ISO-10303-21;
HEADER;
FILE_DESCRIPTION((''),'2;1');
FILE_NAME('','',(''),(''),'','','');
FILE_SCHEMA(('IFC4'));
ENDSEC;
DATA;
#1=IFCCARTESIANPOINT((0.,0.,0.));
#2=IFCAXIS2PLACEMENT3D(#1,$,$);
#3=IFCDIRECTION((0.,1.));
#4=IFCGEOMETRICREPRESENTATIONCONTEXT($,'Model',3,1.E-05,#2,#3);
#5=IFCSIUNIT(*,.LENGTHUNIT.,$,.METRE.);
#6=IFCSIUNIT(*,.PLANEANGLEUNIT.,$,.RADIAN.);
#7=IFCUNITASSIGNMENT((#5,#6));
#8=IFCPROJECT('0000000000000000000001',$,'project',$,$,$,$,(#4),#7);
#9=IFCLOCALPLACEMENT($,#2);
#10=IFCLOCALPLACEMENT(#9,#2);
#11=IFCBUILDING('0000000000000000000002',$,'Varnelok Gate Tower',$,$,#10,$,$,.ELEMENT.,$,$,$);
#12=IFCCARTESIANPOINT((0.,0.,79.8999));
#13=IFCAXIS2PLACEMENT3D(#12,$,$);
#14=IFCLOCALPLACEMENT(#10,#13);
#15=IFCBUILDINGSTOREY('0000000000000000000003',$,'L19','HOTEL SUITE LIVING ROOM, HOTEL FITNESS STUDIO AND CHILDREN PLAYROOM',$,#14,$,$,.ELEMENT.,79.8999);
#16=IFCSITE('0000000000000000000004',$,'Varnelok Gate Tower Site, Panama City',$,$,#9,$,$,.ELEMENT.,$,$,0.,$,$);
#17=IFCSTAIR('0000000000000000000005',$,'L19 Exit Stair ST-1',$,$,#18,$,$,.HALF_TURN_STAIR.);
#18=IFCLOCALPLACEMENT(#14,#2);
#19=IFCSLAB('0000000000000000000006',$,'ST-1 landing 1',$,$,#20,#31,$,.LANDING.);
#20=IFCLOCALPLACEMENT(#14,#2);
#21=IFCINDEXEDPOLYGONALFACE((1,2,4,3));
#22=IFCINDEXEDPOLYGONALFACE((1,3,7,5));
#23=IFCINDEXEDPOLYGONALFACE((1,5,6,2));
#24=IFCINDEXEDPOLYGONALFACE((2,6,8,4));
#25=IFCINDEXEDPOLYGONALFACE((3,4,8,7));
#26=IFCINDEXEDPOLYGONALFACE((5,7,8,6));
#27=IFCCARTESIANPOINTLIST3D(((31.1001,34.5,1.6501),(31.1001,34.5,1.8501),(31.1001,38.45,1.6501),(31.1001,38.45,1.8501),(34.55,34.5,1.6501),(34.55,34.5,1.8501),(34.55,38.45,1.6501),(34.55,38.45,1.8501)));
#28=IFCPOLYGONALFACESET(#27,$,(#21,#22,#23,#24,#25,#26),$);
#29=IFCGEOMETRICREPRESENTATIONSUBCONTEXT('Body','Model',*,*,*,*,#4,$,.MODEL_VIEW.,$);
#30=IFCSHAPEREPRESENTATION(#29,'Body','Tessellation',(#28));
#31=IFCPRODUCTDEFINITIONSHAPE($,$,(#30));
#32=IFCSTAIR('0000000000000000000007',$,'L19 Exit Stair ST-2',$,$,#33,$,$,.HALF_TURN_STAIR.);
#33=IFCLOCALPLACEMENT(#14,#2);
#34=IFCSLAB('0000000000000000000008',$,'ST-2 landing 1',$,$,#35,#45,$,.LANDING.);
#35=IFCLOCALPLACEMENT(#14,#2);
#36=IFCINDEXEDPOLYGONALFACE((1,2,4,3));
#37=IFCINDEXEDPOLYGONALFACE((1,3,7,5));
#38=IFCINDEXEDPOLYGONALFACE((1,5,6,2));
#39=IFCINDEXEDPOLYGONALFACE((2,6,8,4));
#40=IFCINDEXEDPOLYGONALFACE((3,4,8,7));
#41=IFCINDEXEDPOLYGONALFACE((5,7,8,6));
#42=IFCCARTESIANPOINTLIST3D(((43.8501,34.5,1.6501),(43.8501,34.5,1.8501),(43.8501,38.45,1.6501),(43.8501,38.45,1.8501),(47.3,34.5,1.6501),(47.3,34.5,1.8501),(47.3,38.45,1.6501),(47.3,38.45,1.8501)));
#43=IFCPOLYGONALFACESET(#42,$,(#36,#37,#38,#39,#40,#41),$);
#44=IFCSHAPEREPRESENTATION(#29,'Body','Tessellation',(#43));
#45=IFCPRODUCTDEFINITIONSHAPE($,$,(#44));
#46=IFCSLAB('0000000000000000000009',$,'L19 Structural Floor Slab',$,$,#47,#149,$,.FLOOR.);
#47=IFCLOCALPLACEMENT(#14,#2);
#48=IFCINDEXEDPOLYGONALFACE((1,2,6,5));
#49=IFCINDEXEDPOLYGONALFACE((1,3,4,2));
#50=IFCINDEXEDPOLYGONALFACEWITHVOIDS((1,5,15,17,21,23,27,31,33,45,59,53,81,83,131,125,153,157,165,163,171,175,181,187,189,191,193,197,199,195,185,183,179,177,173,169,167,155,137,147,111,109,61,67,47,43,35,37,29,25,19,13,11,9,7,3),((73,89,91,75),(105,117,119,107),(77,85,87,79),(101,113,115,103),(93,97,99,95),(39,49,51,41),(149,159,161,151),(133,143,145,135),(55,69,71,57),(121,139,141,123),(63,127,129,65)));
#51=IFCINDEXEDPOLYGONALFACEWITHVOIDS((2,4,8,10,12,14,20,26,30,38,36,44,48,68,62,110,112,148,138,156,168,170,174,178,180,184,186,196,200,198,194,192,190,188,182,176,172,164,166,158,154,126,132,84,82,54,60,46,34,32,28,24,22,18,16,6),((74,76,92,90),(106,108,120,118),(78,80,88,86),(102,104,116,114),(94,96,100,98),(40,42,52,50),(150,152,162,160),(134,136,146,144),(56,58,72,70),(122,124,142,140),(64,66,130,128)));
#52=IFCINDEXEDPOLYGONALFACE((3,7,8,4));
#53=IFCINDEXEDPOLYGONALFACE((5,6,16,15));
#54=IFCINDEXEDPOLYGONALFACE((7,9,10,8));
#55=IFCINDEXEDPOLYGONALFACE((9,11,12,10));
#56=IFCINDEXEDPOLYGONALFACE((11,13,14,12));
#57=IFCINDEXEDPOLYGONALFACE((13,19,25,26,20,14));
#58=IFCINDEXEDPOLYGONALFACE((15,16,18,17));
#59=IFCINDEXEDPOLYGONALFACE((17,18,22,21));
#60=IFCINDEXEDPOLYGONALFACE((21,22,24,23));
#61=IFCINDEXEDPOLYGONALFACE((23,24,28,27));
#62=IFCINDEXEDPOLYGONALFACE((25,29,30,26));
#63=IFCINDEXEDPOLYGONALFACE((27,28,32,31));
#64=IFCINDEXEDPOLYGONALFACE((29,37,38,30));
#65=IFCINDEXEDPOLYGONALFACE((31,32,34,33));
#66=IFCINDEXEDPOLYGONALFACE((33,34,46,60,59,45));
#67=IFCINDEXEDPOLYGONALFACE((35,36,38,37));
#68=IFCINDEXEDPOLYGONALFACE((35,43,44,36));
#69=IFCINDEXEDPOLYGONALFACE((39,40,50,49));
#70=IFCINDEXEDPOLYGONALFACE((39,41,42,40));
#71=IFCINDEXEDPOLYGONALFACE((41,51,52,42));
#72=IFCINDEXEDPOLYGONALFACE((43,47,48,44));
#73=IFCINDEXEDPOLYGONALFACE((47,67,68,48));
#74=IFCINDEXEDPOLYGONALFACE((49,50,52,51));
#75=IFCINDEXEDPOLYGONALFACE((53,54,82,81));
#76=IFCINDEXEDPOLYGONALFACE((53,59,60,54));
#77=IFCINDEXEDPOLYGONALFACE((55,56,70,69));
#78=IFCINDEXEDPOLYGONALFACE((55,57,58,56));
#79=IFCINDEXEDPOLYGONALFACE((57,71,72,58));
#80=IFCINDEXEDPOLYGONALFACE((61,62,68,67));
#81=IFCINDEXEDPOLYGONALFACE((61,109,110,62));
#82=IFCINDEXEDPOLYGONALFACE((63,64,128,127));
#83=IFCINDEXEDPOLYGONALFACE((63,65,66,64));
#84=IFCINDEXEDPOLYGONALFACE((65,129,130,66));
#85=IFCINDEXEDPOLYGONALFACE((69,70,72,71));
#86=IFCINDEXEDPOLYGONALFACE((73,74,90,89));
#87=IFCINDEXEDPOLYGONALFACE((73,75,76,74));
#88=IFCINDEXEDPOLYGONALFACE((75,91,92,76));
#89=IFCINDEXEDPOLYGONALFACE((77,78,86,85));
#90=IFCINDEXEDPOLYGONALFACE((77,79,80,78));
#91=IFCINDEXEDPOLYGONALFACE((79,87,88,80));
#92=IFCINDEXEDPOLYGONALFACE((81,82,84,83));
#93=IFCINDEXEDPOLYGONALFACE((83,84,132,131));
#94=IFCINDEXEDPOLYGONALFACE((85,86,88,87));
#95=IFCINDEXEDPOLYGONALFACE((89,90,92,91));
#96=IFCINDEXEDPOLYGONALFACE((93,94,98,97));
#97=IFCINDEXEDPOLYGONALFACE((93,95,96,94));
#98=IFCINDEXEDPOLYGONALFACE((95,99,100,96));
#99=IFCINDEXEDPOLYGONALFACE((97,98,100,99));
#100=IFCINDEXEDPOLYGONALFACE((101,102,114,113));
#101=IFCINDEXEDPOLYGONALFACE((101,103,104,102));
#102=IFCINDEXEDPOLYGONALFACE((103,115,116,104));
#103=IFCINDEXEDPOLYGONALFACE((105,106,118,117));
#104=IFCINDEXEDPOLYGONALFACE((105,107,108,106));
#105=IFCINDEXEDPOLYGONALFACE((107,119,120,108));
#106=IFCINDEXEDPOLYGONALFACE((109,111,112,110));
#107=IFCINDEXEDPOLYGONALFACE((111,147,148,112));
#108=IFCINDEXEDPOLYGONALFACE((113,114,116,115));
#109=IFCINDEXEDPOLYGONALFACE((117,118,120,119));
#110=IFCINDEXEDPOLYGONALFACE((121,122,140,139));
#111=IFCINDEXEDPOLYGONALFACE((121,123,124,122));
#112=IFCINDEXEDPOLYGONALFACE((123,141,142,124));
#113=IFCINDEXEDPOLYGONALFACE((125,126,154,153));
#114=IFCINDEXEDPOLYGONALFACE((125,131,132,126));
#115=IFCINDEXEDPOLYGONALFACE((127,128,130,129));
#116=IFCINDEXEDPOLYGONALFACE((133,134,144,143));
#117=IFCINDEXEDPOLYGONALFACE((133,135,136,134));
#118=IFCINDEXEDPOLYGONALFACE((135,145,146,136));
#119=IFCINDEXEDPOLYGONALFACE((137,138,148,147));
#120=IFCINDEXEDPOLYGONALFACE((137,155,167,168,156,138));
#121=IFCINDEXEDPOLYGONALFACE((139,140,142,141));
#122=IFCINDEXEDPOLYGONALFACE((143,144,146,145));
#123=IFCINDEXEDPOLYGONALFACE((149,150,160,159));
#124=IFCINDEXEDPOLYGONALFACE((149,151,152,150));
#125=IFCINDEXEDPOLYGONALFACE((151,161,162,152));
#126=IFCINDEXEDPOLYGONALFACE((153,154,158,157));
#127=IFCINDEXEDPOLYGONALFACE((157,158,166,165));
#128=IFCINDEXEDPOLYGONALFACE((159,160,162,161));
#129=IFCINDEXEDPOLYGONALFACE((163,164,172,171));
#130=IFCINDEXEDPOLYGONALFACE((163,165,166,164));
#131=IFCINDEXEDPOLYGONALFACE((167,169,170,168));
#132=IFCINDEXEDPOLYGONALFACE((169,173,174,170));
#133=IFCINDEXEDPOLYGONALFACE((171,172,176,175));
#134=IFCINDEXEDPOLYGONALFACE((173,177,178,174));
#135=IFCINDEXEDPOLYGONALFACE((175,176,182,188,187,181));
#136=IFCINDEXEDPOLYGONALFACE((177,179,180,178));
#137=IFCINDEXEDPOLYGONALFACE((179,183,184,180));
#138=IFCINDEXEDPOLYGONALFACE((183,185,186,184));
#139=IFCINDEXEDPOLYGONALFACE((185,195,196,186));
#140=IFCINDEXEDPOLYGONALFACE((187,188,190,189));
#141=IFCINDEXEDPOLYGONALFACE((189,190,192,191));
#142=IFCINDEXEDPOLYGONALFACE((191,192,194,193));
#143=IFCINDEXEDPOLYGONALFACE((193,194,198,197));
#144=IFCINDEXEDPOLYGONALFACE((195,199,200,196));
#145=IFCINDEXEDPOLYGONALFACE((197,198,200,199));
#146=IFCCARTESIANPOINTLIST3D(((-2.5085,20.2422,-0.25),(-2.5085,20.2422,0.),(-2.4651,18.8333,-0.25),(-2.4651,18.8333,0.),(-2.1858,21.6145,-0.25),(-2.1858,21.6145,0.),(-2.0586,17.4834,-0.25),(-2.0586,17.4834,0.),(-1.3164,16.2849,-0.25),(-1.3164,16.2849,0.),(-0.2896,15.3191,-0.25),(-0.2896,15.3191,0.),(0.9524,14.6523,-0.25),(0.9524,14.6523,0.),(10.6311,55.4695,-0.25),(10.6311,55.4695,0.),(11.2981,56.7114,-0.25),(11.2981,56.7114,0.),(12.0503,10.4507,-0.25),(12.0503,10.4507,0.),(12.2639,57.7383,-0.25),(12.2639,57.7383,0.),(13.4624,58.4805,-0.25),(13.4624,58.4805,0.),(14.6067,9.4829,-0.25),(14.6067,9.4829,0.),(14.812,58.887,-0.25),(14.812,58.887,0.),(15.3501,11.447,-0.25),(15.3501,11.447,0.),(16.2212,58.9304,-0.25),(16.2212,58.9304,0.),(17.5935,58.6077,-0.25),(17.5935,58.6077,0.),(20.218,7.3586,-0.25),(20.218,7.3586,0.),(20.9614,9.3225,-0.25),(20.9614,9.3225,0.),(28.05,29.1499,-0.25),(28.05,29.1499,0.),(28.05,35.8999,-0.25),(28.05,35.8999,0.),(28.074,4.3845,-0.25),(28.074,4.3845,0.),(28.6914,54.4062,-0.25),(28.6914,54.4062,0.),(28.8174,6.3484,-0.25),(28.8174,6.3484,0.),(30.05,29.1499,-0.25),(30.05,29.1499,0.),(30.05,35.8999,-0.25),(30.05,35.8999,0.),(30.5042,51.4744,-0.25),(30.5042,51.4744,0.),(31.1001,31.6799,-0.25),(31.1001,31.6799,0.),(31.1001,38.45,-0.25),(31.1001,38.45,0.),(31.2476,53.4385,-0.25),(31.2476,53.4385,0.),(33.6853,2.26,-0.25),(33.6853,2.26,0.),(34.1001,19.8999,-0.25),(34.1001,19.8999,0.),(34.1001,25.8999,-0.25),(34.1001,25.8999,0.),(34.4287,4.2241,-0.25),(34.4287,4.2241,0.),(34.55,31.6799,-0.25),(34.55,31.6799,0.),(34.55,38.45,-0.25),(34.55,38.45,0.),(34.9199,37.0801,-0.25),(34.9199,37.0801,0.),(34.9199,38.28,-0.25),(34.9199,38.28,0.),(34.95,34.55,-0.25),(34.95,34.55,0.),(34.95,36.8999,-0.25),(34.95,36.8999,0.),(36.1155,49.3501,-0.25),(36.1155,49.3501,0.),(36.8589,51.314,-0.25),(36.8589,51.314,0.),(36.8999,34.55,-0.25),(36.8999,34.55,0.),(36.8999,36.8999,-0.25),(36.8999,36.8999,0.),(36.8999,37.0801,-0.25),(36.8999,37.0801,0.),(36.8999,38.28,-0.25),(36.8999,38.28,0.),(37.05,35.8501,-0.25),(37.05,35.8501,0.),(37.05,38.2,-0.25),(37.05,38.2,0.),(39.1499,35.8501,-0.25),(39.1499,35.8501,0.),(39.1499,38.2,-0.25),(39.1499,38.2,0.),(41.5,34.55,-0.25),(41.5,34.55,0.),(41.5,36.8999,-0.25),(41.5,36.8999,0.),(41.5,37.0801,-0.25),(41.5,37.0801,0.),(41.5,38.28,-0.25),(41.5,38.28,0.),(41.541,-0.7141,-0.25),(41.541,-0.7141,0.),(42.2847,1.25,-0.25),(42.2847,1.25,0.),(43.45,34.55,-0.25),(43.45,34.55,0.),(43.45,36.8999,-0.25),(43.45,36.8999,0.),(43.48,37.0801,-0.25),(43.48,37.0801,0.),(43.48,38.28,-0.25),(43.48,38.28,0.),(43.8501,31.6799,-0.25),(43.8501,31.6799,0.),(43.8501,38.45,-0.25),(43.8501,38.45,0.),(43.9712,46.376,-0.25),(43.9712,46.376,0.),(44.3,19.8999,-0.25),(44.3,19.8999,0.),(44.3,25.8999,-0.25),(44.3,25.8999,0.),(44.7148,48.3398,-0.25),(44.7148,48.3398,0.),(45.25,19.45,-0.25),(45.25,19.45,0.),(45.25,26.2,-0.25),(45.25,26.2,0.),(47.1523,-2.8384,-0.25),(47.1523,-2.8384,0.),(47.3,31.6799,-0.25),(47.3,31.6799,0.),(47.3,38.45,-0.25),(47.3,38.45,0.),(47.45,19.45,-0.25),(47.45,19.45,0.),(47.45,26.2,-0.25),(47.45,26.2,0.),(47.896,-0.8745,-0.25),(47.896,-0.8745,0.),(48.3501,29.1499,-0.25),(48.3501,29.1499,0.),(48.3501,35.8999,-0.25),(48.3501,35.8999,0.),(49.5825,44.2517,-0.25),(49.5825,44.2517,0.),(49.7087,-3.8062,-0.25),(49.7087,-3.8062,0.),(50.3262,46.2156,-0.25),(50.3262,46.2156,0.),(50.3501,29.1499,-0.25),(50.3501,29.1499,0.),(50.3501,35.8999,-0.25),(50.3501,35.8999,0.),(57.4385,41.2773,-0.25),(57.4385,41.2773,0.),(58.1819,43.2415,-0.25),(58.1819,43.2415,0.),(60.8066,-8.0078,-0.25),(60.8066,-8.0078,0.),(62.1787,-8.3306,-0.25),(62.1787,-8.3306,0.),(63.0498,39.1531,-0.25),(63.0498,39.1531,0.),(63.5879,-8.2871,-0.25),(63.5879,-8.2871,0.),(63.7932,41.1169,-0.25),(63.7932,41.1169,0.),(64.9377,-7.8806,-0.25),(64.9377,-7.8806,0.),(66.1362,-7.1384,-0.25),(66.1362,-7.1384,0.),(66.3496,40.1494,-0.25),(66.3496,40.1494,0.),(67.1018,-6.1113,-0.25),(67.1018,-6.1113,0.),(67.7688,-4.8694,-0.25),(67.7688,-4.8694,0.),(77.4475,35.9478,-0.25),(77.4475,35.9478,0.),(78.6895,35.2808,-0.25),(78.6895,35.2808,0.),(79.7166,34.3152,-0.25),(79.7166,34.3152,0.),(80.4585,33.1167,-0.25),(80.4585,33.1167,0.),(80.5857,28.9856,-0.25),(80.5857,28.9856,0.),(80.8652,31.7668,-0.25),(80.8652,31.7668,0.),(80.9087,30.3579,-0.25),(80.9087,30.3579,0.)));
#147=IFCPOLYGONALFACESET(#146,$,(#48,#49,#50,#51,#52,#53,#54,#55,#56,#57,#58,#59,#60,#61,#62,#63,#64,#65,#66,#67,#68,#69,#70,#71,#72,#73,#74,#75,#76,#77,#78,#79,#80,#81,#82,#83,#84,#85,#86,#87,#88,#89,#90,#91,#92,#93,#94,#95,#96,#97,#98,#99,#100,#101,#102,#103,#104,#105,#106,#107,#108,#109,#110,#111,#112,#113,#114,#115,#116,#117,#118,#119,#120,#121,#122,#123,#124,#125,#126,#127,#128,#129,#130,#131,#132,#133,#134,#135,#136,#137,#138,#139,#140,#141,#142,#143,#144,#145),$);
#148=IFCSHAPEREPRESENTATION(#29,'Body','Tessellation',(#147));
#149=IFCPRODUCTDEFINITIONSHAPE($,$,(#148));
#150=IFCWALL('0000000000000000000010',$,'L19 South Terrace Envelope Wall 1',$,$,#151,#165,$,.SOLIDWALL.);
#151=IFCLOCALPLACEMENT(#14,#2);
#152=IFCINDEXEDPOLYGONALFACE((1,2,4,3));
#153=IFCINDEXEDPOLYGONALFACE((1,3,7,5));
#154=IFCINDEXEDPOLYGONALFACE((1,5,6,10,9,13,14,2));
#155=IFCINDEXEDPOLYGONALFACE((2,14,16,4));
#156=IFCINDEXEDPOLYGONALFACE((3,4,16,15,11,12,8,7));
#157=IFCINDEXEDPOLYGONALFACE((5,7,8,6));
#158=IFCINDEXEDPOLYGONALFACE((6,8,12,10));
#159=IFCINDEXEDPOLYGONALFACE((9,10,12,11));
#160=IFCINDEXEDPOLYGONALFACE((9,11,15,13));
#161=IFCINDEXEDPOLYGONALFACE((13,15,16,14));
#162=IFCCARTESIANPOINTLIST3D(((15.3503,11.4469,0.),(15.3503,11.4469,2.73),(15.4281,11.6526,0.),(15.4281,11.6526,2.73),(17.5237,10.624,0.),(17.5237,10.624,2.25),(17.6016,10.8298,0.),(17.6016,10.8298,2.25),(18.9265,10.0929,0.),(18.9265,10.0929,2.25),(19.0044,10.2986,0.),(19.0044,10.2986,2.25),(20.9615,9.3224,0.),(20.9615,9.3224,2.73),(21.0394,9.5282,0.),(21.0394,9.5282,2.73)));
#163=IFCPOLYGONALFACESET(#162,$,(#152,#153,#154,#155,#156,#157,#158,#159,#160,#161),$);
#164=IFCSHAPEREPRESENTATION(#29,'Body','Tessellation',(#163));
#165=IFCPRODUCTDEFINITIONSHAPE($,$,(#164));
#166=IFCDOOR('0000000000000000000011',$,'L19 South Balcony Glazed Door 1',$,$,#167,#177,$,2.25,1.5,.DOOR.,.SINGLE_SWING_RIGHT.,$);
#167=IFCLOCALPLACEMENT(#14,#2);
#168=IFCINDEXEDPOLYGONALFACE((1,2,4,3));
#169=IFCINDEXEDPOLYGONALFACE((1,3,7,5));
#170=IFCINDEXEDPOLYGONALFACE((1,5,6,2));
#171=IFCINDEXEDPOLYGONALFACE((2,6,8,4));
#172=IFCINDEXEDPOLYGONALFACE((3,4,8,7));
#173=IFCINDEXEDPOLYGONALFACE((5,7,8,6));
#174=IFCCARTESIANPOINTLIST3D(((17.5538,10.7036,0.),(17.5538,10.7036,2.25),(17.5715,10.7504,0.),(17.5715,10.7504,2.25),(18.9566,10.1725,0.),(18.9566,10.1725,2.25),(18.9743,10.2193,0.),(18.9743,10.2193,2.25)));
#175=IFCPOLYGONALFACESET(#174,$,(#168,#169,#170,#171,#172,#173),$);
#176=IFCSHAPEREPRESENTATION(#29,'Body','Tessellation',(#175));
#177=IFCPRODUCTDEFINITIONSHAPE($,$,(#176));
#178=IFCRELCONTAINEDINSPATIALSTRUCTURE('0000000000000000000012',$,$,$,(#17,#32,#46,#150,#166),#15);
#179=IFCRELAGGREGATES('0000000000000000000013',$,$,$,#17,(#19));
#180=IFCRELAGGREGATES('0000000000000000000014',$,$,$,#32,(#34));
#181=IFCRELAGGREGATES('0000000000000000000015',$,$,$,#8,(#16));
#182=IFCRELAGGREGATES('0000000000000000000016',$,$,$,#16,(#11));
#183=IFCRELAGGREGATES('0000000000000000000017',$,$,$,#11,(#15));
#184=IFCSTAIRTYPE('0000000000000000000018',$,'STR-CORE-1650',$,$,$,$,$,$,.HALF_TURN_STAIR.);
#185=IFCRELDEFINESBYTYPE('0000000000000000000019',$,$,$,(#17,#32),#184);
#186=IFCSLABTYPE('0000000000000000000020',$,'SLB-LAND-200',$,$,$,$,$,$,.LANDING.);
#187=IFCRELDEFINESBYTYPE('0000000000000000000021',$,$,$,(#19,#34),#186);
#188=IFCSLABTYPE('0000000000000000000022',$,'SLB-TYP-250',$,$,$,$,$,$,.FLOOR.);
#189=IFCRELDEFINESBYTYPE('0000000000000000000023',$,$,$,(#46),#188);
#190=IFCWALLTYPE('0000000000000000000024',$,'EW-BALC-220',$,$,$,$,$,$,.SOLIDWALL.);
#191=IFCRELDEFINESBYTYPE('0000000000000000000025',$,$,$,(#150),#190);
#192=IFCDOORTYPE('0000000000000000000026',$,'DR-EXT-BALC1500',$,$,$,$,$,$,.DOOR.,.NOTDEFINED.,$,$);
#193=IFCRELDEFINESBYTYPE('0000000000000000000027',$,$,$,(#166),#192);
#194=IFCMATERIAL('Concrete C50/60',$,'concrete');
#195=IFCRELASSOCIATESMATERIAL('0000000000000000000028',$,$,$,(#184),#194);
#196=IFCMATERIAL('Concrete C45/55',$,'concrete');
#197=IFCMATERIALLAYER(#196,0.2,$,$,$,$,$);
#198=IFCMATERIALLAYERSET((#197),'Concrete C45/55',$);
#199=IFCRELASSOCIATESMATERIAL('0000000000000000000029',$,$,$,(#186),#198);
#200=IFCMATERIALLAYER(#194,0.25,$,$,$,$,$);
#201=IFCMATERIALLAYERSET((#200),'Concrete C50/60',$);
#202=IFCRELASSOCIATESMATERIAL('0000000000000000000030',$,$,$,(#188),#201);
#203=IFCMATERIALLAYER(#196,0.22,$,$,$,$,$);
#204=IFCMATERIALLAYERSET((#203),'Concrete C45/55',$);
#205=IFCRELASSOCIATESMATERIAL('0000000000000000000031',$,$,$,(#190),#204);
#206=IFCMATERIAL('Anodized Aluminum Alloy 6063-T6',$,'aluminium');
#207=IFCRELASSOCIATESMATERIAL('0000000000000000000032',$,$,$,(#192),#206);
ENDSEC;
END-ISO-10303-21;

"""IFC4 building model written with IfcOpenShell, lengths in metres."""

from ifc_helpers import new_model, si_unit, direction, frame, frame_2d, origin, place, context, subcontext, project, spatial, polyline, rectangle, outline, extrude, material, layer, layer_set, type_object, element, fill, aggregate, save


model = new_model("IFC4")

# Units and contexts
model_context = context("Model", 3, precision=1e-05, world=origin(), true_north=direction((0.0, 1.0)))
body_context = subcontext(model_context, "Body", "Model", "MODEL_VIEW")
ifc_project = project(units=[si_unit("LENGTHUNIT", "METRE"), si_unit("PLANEANGLEUNIT", "RADIAN")], contexts=[model_context])

# Site, building, storey
site_placement = place(None, origin())
site = spatial("IfcSite", under=ifc_project, at=site_placement, Name="Varnelok Gate Tower Site, Panama City", CompositionType="ELEMENT", RefElevation=0.0)
building_placement = place(site_placement, origin())
building = spatial("IfcBuilding", under=site, at=building_placement, Name="Varnelok Gate Tower", CompositionType="ELEMENT")
storey_placement = place(building_placement, frame((0.0, 0.0, 79.8999)))
storey = spatial("IfcBuildingStorey", under=building, at=storey_placement, Name="L19", Description="HOTEL SUITE LIVING ROOM, HOTEL FITNESS STUDIO AND CHILDREN PLAYROOM", CompositionType="ELEMENT", Elevation=79.8999)

# Shared definitions
ifc_material_1 = material(Name="Concrete C45/55", Category="concrete")

# Stairs, slabs
ifc_material_2 = material(Name="Concrete C50/60", Category="concrete")
stair_type = type_object("IfcStairType", Name="STR-CORE-1650", PredefinedType="HALF_TURN_STAIR", material=ifc_material_2)
stair_1_placement = place(storey_placement, origin())
stair_1 = element("IfcStair", 1, at=stair_1_placement, inside=storey, type_object=stair_type, Name="L19 Exit Stair ST-1", PredefinedType="HALF_TURN_STAIR")
ifc_layer_1 = layer(ifc_material_1, 0.2)
ifc_layer_set_1 = layer_set([ifc_layer_1], Name="Concrete C45/55")
slab_type_1 = type_object("IfcSlabType", Name="SLB-LAND-200", PredefinedType="LANDING", material=ifc_layer_set_1)
slab_1_placement = place(storey_placement, frame((0.0, 0.0, 1.6501)))
slab_1 = element("IfcSlab", 2, at=slab_1_placement, type_object=slab_type_1, Name="ST-1 landing 1", PredefinedType="LANDING", context=body_context, shape_type="SweptSolid", body=[
    extrude(outline(polyline([(34.55, 34.5), (34.55, 38.45), (31.1001, 38.45), (31.1001, 34.5), (34.55, 34.5)])), origin(), (0.0, 0.0, 1.0), 0.2),
])
aggregate(stair_1, [slab_1])
stair_2_placement = place(storey_placement, origin())
stair_2 = element("IfcStair", 3, at=stair_2_placement, inside=storey, type_object=stair_type, Name="L19 Exit Stair ST-2", PredefinedType="HALF_TURN_STAIR")
slab_2_placement = place(storey_placement, frame((0.0, 0.0, 1.6501)))
slab_2 = element("IfcSlab", 4, at=slab_2_placement, type_object=slab_type_1, Name="ST-2 landing 1", PredefinedType="LANDING", context=body_context, shape_type="SweptSolid", body=[
    extrude(outline(polyline([(47.3, 34.5), (47.3, 38.45), (43.8501, 38.45), (43.8501, 34.5), (47.3, 34.5)])), origin(), (0.0, 0.0, 1.0), 0.2),
])
aggregate(stair_2, [slab_2])

# Slab
ifc_layer_2 = layer(ifc_material_2, 0.25)
ifc_layer_set_2 = layer_set([ifc_layer_2], Name="Concrete C50/60")
slab_type_2 = type_object("IfcSlabType", Name="SLB-TYP-250", PredefinedType="FLOOR", material=ifc_layer_set_2)
slab_3_placement = place(storey_placement, frame((0.0, 0.0, -0.25)))
element("IfcSlab", 5, at=slab_3_placement, inside=storey, type_object=slab_type_2, Name="L19 Structural Floor Slab", PredefinedType="FLOOR", context=body_context, shape_type="SweptSolid", body=[
    extrude(outline(polyline([(-2.1858, 21.6145), (-2.5085, 20.2422), (-2.4651, 18.8333), (-2.0586, 17.4834), (-1.3164, 16.2849), (-0.2896, 15.3191), (0.9524, 14.6523), (12.0503, 10.4507), (14.6067, 9.4829), (15.3501, 11.447), (20.9614, 9.3225), (20.218, 7.3586), (28.074, 4.3845), (28.8174, 6.3484), (34.4287, 4.2241), (33.6853, 2.26), (41.541, -0.7141), (42.2847, 1.25), (47.896, -0.8745), (47.1523, -2.8384), (49.7087, -3.8062), (60.8066, -8.0078), (62.1787, -8.3306), (63.5879, -8.2871), (64.9377, -7.8806), (66.1362, -7.1384), (67.1018, -6.1113), (67.7688, -4.8694), (80.5857, 28.9856), (80.9087, 30.3579), (80.8652, 31.7668), (80.4585, 33.1167), (79.7166, 34.3152), (78.6895, 35.2808), (77.4475, 35.9478), (66.3496, 40.1494), (63.7932, 41.1169), (63.0498, 39.1531), (57.4385, 41.2773), (58.1819, 43.2415), (50.3262, 46.2156), (49.5825, 44.2517), (43.9712, 46.376), (44.7148, 48.3398), (36.8589, 51.314), (36.1155, 49.3501), (30.5042, 51.4744), (31.2476, 53.4385), (28.6914, 54.4062), (17.5935, 58.6077), (16.2212, 58.9304), (14.812, 58.887), (13.4624, 58.4805), (12.2639, 57.7383), (11.2981, 56.7114), (10.6311, 55.4695), (-2.1858, 21.6145)]), holes=[polyline([(34.55, 31.6799), (34.55, 38.45), (31.1001, 38.45), (31.1001, 31.6799), (34.55, 31.6799)]), polyline([(47.3, 31.6799), (47.3, 38.45), (43.8501, 38.45), (43.8501, 31.6799), (47.3, 31.6799)]), polyline([(34.95, 34.55), (36.8999, 34.55), (36.8999, 36.8999), (34.95, 36.8999), (34.95, 34.55)]), polyline([(41.5, 34.55), (43.45, 34.55), (43.45, 36.8999), (41.5, 36.8999), (41.5, 34.55)]), polyline([(37.05, 35.8501), (39.1499, 35.8501), (39.1499, 38.2), (37.05, 38.2), (37.05, 35.8501)]), polyline([(28.05, 29.1499), (30.05, 29.1499), (30.05, 35.8999), (28.05, 35.8999), (28.05, 29.1499)]), polyline([(48.3501, 29.1499), (50.3501, 29.1499), (50.3501, 35.8999), (48.3501, 35.8999), (48.3501, 29.1499)]), polyline([(45.25, 19.45), (47.45, 19.45), (47.45, 26.2), (45.25, 26.2), (45.25, 19.45)]), polyline([(34.9199, 37.0801), (36.8999, 37.0801), (36.8999, 38.28), (34.9199, 38.28), (34.9199, 37.0801)]), polyline([(41.5, 37.0801), (43.48, 37.0801), (43.48, 38.28), (41.5, 38.28), (41.5, 37.0801)]), polyline([(34.1001, 19.8999), (44.3, 19.8999), (44.3, 25.8999), (34.1001, 25.8999), (34.1001, 19.8999)])]), origin(), (0.0, 0.0, 1.0), 0.25),
])

# Wall, opening, door
ifc_layer_3 = layer(ifc_material_1, 0.22)
ifc_layer_set_3 = layer_set([ifc_layer_3], Name="Concrete C45/55")
wall_type_1 = type_object("IfcWallType", Name="EW-BALC-220", PredefinedType="SOLIDWALL", material=ifc_layer_set_3)
wall_1_placement = place(storey_placement, frame((21.0005, 9.4253, 0.0), z_axis=(0.0, 0.0, 1.0), x_axis=(-0.935214, 0.354083, 0.0)))
wall_1 = element("IfcWall", 6, at=wall_1_placement, inside=storey, type_object=wall_type_1, Name="L19 South Terrace Envelope Wall 1", PredefinedType="SOLIDWALL", context=body_context, shape_type="SweptSolid", body=[
    extrude(rectangle(XDim=6.0, YDim=0.22, at=frame_2d((3.0, 0.0))), origin(), (0.0, 0.0, 1.0), 2.73),
])
opening_1_placement = place(wall_1_placement, frame((2.176, 0.0, 0.0)))
opening_1 = element("IfcOpeningElement", 7, at=opening_1_placement, cuts=wall_1, PredefinedType="OPENING", context=body_context, shape_type="SweptSolid", body=[
    extrude(rectangle(XDim=1.5, YDim=2.25, at=frame_2d((0.75, 1.125))), frame((0.0, 0.1199, 0.0), z_axis=(0.0, -1.0, 0.0), x_axis=(1.0, 0.0, 0.0)), (0.0, 0.0, 1.0), 0.24),
])
ifc_material_3 = material(Name="Anodized Aluminum Alloy 6063-T6", Category="aluminium")
door_type = type_object("IfcDoorType", Name="DR-EXT-BALC1500", OperationType="NOTDEFINED", PredefinedType="DOOR", material=ifc_material_3)
door_placement = place(opening_1_placement, origin())
door = element("IfcDoor", 8, at=door_placement, inside=storey, type_object=door_type, Name="L19 South Balcony Glazed Door 1", OperationType="SINGLE_SWING_RIGHT", OverallHeight=2.25, OverallWidth=1.5, PredefinedType="DOOR", context=body_context, shape_type="SweptSolid", body=[
    extrude(rectangle(XDim=1.5, YDim=2.25, at=frame_2d((0.75, 1.125))), frame((0.0, 0.0249, 0.0), z_axis=(0.0, -1.0, 0.0), x_axis=(1.0, 0.0, 0.0)), (0.0, 0.0, 1.0), 0.05),
])
fill(opening_1, door)

save(model, "model.ifc")
